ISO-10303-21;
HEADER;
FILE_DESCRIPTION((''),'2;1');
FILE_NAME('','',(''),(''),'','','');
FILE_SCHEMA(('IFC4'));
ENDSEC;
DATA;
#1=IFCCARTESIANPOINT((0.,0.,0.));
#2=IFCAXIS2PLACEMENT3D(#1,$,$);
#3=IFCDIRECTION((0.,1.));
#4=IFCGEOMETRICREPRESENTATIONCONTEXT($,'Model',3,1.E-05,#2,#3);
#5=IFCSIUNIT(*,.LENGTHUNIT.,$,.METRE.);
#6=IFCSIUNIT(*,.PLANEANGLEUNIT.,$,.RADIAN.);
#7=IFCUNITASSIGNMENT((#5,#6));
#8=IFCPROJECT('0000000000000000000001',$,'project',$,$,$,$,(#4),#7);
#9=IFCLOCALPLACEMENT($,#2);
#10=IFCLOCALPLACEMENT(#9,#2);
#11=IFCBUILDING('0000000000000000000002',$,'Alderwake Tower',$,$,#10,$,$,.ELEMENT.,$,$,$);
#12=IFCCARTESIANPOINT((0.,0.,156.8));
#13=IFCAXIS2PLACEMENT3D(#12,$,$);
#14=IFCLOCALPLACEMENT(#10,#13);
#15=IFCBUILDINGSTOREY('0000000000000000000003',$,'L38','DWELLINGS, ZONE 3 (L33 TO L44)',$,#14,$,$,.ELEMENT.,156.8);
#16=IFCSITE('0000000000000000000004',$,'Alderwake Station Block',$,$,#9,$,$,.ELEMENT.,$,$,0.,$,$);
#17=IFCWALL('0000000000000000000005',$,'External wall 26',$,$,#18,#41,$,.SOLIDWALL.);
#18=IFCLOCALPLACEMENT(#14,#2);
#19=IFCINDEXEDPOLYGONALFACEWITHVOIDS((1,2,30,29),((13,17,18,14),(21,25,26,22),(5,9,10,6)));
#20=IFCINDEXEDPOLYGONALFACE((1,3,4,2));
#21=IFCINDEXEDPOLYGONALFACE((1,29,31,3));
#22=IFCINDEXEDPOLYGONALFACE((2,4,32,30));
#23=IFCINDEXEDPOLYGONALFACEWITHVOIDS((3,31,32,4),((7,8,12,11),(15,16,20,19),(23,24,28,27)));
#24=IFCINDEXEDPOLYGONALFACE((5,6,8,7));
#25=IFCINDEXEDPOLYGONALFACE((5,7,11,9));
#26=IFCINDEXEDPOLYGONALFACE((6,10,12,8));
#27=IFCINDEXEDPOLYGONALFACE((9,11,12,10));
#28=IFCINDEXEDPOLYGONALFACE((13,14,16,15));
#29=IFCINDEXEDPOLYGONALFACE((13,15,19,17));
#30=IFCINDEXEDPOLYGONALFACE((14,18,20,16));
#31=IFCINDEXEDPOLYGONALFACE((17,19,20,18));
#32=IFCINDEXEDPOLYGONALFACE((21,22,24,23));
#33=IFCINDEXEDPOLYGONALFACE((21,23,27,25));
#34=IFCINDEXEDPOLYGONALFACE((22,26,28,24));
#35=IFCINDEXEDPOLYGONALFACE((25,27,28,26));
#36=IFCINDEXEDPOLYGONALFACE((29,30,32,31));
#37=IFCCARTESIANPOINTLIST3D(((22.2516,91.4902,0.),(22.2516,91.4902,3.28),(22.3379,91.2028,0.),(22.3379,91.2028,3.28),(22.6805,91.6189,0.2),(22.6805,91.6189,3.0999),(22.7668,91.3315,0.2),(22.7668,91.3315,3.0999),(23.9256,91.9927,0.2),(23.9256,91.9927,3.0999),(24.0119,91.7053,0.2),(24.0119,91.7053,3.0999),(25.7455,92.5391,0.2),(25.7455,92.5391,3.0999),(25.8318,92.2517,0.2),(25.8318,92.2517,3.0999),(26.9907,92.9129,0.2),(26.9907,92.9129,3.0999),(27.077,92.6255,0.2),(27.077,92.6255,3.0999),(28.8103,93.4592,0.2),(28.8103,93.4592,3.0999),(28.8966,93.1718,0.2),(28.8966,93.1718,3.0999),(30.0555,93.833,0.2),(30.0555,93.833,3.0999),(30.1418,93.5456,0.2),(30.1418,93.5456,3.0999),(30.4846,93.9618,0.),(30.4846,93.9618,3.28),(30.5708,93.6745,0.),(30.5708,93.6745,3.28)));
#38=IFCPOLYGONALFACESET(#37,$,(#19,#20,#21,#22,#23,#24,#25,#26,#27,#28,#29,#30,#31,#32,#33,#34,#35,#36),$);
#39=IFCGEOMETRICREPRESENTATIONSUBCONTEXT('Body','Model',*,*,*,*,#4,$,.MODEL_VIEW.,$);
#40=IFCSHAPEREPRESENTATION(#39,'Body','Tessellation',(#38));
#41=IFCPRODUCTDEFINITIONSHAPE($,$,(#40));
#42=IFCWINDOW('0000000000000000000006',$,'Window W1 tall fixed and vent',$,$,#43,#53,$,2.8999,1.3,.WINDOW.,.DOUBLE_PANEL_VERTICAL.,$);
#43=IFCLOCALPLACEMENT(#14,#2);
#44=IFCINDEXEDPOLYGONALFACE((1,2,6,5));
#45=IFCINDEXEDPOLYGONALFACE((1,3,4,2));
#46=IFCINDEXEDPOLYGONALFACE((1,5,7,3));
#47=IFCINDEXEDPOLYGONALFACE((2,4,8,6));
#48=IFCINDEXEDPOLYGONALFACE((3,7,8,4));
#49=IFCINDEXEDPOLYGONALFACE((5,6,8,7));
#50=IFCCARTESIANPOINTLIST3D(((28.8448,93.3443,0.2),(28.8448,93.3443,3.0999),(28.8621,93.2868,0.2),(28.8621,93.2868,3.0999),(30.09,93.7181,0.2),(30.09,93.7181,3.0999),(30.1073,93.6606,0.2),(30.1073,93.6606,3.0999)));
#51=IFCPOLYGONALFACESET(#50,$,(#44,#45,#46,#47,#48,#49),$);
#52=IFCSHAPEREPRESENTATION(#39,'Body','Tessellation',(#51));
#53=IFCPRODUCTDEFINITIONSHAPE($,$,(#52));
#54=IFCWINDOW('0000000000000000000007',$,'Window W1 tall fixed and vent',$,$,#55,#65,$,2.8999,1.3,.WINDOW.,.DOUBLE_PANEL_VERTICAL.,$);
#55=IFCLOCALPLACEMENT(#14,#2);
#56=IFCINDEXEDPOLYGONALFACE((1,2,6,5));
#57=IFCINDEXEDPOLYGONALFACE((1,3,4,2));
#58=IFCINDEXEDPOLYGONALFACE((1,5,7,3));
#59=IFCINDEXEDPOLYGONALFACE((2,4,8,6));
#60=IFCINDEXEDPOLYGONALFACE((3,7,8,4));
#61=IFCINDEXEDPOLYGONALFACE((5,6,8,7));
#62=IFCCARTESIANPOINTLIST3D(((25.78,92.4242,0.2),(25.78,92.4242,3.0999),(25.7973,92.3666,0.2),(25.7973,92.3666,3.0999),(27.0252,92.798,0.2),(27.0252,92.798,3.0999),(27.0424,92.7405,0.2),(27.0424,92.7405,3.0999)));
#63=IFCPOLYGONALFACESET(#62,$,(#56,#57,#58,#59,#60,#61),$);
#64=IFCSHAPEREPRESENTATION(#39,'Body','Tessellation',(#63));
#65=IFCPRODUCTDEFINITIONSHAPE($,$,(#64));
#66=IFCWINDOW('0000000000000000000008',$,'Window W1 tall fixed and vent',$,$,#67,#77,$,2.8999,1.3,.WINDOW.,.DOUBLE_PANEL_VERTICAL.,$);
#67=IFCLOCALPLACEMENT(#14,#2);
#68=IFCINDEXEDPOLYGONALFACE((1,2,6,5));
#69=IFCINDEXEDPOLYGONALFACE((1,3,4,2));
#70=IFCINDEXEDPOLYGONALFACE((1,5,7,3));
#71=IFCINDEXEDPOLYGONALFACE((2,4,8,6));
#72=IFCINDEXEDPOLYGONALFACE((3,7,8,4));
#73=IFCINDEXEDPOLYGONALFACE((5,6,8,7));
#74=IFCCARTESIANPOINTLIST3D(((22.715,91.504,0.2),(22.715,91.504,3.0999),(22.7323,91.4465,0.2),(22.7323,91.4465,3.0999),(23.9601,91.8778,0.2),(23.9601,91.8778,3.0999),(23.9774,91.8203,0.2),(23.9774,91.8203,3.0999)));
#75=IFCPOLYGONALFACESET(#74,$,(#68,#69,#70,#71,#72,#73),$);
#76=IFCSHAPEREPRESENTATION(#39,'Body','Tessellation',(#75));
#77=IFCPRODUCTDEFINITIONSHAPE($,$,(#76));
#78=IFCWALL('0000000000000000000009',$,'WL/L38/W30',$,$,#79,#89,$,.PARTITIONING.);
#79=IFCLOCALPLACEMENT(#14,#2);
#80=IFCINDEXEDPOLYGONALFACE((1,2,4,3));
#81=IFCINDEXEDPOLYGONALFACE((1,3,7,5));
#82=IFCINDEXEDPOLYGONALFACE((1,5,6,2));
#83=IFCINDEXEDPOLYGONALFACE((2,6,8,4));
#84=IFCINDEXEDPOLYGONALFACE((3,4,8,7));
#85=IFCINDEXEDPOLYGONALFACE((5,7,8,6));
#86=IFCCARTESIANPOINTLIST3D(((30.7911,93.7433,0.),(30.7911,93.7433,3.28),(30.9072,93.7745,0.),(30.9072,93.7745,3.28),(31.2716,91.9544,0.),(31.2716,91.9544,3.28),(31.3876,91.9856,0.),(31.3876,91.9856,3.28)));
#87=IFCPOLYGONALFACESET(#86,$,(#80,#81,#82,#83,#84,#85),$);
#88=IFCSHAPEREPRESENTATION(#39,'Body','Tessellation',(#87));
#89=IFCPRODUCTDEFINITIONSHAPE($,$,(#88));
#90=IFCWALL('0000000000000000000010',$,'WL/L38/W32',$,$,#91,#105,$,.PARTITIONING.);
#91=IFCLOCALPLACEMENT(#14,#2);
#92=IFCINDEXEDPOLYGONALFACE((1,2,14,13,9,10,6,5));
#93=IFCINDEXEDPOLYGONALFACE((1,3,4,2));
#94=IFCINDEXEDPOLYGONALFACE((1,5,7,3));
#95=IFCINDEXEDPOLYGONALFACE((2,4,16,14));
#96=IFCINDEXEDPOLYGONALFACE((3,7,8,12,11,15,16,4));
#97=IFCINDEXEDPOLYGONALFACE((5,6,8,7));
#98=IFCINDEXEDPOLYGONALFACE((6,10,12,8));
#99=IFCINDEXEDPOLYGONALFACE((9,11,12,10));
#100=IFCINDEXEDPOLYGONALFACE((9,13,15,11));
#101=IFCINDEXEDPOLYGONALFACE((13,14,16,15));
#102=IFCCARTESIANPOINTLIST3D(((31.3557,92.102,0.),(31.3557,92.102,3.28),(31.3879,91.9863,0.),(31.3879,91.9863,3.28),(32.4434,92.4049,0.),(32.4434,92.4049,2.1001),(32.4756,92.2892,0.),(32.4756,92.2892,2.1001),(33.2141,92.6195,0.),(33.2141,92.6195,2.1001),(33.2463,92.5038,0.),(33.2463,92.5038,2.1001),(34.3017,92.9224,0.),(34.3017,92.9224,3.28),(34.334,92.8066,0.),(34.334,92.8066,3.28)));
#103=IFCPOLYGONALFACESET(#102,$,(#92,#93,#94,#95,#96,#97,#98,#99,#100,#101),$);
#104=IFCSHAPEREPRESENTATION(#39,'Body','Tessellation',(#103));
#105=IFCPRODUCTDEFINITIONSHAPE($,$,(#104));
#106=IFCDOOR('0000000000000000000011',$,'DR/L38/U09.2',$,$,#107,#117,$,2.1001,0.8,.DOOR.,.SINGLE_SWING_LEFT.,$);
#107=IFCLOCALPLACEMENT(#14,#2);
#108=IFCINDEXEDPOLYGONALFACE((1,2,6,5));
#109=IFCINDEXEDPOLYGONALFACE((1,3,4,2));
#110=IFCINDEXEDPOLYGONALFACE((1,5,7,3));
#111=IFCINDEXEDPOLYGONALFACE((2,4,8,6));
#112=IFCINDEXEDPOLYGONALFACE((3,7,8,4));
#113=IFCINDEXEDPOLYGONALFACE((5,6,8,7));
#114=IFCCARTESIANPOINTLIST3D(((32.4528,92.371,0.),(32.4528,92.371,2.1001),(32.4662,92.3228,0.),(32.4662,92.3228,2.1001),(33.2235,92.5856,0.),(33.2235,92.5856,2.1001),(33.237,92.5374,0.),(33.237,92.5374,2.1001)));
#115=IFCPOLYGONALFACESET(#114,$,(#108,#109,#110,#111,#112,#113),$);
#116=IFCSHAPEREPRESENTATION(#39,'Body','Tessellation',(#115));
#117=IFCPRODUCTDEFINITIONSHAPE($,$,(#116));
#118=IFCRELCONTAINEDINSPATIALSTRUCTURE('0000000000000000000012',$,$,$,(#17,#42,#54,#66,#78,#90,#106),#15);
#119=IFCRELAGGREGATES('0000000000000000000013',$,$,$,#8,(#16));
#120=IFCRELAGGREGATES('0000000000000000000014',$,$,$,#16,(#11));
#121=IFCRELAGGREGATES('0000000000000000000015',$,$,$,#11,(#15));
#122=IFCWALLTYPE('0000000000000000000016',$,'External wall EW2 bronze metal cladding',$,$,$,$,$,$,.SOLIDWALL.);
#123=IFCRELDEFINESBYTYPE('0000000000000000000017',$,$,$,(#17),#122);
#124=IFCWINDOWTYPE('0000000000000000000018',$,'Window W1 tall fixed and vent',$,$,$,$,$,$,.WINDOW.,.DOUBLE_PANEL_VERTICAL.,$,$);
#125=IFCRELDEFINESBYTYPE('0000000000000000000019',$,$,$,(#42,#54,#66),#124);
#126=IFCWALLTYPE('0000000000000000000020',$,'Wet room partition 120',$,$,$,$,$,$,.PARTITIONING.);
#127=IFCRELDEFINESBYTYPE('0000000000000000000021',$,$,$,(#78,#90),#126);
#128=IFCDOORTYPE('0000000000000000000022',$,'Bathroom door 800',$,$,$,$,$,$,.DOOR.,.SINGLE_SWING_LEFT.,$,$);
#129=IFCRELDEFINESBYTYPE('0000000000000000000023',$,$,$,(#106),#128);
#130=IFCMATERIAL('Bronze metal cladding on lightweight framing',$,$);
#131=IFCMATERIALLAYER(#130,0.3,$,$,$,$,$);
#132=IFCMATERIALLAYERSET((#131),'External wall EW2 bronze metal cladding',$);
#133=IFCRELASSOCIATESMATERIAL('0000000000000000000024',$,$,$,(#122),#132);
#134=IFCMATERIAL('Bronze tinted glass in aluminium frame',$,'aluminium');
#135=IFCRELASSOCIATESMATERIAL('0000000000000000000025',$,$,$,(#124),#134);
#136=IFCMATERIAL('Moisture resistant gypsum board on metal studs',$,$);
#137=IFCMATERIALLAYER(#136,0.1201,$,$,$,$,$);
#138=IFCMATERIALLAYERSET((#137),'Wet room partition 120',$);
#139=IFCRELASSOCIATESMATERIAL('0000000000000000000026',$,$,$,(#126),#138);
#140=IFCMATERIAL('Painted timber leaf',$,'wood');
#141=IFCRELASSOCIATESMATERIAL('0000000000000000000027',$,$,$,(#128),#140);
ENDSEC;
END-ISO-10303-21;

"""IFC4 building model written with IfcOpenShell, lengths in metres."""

from ifc_helpers import new_model, si_unit, direction, frame, frame_2d, origin, place, context, subcontext, project, spatial, rectangle, extrude, material, layer, layer_set, type_object, element, fill, save


model = new_model("IFC4")

# Units and contexts
model_context = context("Model", 3, precision=1e-05, world=origin(), true_north=direction((0.0, 1.0)))
body_context = subcontext(model_context, "Body", "Model", "MODEL_VIEW")
ifc_project = project(units=[si_unit("LENGTHUNIT", "METRE"), si_unit("PLANEANGLEUNIT", "RADIAN")], contexts=[model_context])

# Site, building, storey
site_placement = place(None, origin())
site = spatial("IfcSite", under=ifc_project, at=site_placement, Name="Alderwake Station Block", CompositionType="ELEMENT", RefElevation=0.0)
building_placement = place(site_placement, origin())
building = spatial("IfcBuilding", under=site, at=building_placement, Name="Alderwake Tower", CompositionType="ELEMENT")
storey_placement = place(building_placement, frame((0.0, 0.0, 156.8)))
storey = spatial("IfcBuildingStorey", under=building, at=storey_placement, Name="L38", Description="DWELLINGS, ZONE 3 (L33 TO L44)", CompositionType="ELEMENT", Elevation=156.8)

# Wall, openings, windows
ifc_material_1 = material(Name="Bronze metal cladding on lightweight framing")
ifc_layer_1 = layer(ifc_material_1, 0.3)
ifc_layer_set_1 = layer_set([ifc_layer_1], Name="External wall EW2 bronze metal cladding")
wall_type_1 = type_object("IfcWallType", Name="External wall EW2 bronze metal cladding", PredefinedType="SOLIDWALL", material=ifc_layer_set_1)
ifc_material_2 = material(Name="Bronze tinted glass in aluminium frame", Category="aluminium")
window_type_1 = type_object("IfcWindowType", Name="Window W1 tall fixed and vent", PartitioningType="DOUBLE_PANEL_VERTICAL", PredefinedType="WINDOW", material=ifc_material_2)
wall_1_placement = place(storey_placement, frame((30.5276, 93.8181, 0.0), z_axis=(0.0, 0.0, 1.0), x_axis=(-0.957768, -0.287541, 0.0)))
wall_1 = element("IfcWall", 1, at=wall_1_placement, inside=storey, type_object=wall_type_1, Name="External wall 26", PredefinedType="SOLIDWALL", context=body_context, shape_type="SweptSolid", body=[
    extrude(rectangle(XDim=8.5959, YDim=0.3, at=frame_2d((4.2979, 0.0))), origin(), (0.0, 0.0, 1.0), 3.28),
])
opening_1_placement = place(wall_1_placement, frame((0.448, 0.0, 0.2)))
opening_1 = element("IfcOpeningElement", 2, at=opening_1_placement, cuts=wall_1, PredefinedType="OPENING", context=body_context, shape_type="SweptSolid", body=[
    extrude(rectangle(XDim=1.3, YDim=2.8999, at=frame_2d((0.6499, 1.45))), frame((0.0, 0.1599, 0.0), z_axis=(0.0, -1.0, 0.0), x_axis=(1.0, 0.0, 0.0)), (0.0, 0.0, 1.0), 0.3201),
])
opening_2_placement = place(wall_1_placement, frame((3.6479, 0.0, 0.2)))
opening_2 = element("IfcOpeningElement", 3, at=opening_2_placement, cuts=wall_1, PredefinedType="OPENING", context=body_context, shape_type="SweptSolid", body=[
    extrude(rectangle(XDim=1.3, YDim=2.8999, at=frame_2d((0.6499, 1.45))), frame((0.0, 0.1599, 0.0), z_axis=(0.0, -1.0, 0.0), x_axis=(1.0, 0.0, 0.0)), (0.0, 0.0, 1.0), 0.3201),
])
opening_3_placement = place(wall_1_placement, frame((6.8481, 0.0, 0.2)))
opening_3 = element("IfcOpeningElement", 4, at=opening_3_placement, cuts=wall_1, PredefinedType="OPENING", context=body_context, shape_type="SweptSolid", body=[
    extrude(rectangle(XDim=1.3, YDim=2.8999, at=frame_2d((0.6499, 1.45))), frame((0.0, 0.1599, 0.0), z_axis=(0.0, -1.0, 0.0), x_axis=(1.0, 0.0, 0.0)), (0.0, 0.0, 1.0), 0.3201),
])
window_1_placement = place(opening_1_placement, origin())
window_1 = element("IfcWindow", 5, at=window_1_placement, inside=storey, type_object=window_type_1, Name="Window W1 tall fixed and vent", OverallHeight=2.8999, OverallWidth=1.3, PartitioningType="DOUBLE_PANEL_VERTICAL", PredefinedType="WINDOW", context=body_context, shape_type="SweptSolid", body=[
    extrude(rectangle(XDim=1.3, YDim=2.8999, at=frame_2d((0.6499, 1.45))), frame((0.0, 0.03, 0.0), z_axis=(0.0, -1.0, 0.0), x_axis=(1.0, 0.0, 0.0)), (0.0, 0.0, 1.0), 0.0601),
])
fill(opening_1, window_1)
window_2_placement = place(opening_2_placement, origin())
window_2 = element("IfcWindow", 6, at=window_2_placement, inside=storey, type_object=window_type_1, Name="Window W1 tall fixed and vent", OverallHeight=2.8999, OverallWidth=1.3, PartitioningType="DOUBLE_PANEL_VERTICAL", PredefinedType="WINDOW", context=body_context, shape_type="SweptSolid", body=[
    extrude(rectangle(XDim=1.3, YDim=2.8999, at=frame_2d((0.6499, 1.45))), frame((0.0, 0.03, 0.0), z_axis=(0.0, -1.0, 0.0), x_axis=(1.0, 0.0, 0.0)), (0.0, 0.0, 1.0), 0.0601),
])
fill(opening_2, window_2)
window_3_placement = place(opening_3_placement, origin())
window_3 = element("IfcWindow", 7, at=window_3_placement, inside=storey, type_object=window_type_1, Name="Window W1 tall fixed and vent", OverallHeight=2.8999, OverallWidth=1.3, PartitioningType="DOUBLE_PANEL_VERTICAL", PredefinedType="WINDOW", context=body_context, shape_type="SweptSolid", body=[
    extrude(rectangle(XDim=1.3, YDim=2.8999, at=frame_2d((0.6499, 1.45))), frame((0.0, 0.03, 0.0), z_axis=(0.0, -1.0, 0.0), x_axis=(1.0, 0.0, 0.0)), (0.0, 0.0, 1.0), 0.0601),
])
fill(opening_3, window_3)

# Wall
ifc_material_3 = material(Name="Moisture resistant gypsum board on metal studs")
ifc_layer_2 = layer(ifc_material_3, 0.1201)
ifc_layer_set_2 = layer_set([ifc_layer_2], Name="Wet room partition 120")
wall_type_2 = type_object("IfcWallType", Name="Wet room partition 120", PredefinedType="PARTITIONING", material=ifc_layer_set_2)
wall_2_placement = place(storey_placement, frame((30.8491, 93.759, 0.0), z_axis=(0.0, 0.0, 1.0), x_axis=(0.259401, -0.96577, 0.0)))
element("IfcWall", 8, at=wall_2_placement, inside=storey, type_object=wall_type_2, Name="WL/L38/W30", PredefinedType="PARTITIONING", context=body_context, shape_type="SweptSolid", body=[
    extrude(rectangle(XDim=1.8523, YDim=0.1201, at=frame_2d((0.9263, 0.0))), origin(), (0.0, 0.0, 1.0), 3.28),
])

# Wall, opening, door
wall_3_placement = place(storey_placement, frame((31.3718, 92.0442, 0.0), z_axis=(0.0, 0.0, 1.0), x_axis=(0.963352, 0.268241, 0.0)))
wall_3 = element("IfcWall", 9, at=wall_3_placement, inside=storey, type_object=wall_type_2, Name="WL/L38/W32", PredefinedType="PARTITIONING", context=body_context, shape_type="SweptSolid", body=[
    extrude(rectangle(XDim=3.0581, YDim=0.1201, at=frame_2d((1.5291, 0.0))), origin(), (0.0, 0.0, 1.0), 3.28),
])
opening_4_placement = place(wall_3_placement, frame((1.1292, 0.0, 0.0)))
opening_4 = element("IfcOpeningElement", 10, at=opening_4_placement, cuts=wall_3, PredefinedType="OPENING", context=body_context, shape_type="SweptSolid", body=[
    extrude(rectangle(XDim=0.8, YDim=2.1001, at=frame_2d((0.3999, 1.05))), frame((0.0, 0.0701, 0.0), z_axis=(0.0, -1.0, 0.0), x_axis=(1.0, 0.0, 0.0)), (0.0, 0.0, 1.0), 0.1401),
])
ifc_material_4 = material(Name="Painted timber leaf", Category="wood")
door_type_1 = type_object("IfcDoorType", Name="Bathroom door 800", OperationType="SINGLE_SWING_LEFT", PredefinedType="DOOR", material=ifc_material_4)
door_1_placement = place(opening_4_placement, origin())
door_1 = element("IfcDoor", 11, at=door_1_placement, inside=storey, type_object=door_type_1, Name="DR/L38/U09.2", OperationType="SINGLE_SWING_LEFT", OverallHeight=2.1001, OverallWidth=0.8, PredefinedType="DOOR", context=body_context, shape_type="SweptSolid", body=[
    extrude(rectangle(XDim=0.8, YDim=2.1001, at=frame_2d((0.3999, 1.05))), frame((0.0, 0.0249, 0.0), z_axis=(0.0, -1.0, 0.0), x_axis=(1.0, 0.0, 0.0)), (0.0, 0.0, 1.0), 0.05),
])
fill(opening_4, door_1)

save(model, "model.ifc")
